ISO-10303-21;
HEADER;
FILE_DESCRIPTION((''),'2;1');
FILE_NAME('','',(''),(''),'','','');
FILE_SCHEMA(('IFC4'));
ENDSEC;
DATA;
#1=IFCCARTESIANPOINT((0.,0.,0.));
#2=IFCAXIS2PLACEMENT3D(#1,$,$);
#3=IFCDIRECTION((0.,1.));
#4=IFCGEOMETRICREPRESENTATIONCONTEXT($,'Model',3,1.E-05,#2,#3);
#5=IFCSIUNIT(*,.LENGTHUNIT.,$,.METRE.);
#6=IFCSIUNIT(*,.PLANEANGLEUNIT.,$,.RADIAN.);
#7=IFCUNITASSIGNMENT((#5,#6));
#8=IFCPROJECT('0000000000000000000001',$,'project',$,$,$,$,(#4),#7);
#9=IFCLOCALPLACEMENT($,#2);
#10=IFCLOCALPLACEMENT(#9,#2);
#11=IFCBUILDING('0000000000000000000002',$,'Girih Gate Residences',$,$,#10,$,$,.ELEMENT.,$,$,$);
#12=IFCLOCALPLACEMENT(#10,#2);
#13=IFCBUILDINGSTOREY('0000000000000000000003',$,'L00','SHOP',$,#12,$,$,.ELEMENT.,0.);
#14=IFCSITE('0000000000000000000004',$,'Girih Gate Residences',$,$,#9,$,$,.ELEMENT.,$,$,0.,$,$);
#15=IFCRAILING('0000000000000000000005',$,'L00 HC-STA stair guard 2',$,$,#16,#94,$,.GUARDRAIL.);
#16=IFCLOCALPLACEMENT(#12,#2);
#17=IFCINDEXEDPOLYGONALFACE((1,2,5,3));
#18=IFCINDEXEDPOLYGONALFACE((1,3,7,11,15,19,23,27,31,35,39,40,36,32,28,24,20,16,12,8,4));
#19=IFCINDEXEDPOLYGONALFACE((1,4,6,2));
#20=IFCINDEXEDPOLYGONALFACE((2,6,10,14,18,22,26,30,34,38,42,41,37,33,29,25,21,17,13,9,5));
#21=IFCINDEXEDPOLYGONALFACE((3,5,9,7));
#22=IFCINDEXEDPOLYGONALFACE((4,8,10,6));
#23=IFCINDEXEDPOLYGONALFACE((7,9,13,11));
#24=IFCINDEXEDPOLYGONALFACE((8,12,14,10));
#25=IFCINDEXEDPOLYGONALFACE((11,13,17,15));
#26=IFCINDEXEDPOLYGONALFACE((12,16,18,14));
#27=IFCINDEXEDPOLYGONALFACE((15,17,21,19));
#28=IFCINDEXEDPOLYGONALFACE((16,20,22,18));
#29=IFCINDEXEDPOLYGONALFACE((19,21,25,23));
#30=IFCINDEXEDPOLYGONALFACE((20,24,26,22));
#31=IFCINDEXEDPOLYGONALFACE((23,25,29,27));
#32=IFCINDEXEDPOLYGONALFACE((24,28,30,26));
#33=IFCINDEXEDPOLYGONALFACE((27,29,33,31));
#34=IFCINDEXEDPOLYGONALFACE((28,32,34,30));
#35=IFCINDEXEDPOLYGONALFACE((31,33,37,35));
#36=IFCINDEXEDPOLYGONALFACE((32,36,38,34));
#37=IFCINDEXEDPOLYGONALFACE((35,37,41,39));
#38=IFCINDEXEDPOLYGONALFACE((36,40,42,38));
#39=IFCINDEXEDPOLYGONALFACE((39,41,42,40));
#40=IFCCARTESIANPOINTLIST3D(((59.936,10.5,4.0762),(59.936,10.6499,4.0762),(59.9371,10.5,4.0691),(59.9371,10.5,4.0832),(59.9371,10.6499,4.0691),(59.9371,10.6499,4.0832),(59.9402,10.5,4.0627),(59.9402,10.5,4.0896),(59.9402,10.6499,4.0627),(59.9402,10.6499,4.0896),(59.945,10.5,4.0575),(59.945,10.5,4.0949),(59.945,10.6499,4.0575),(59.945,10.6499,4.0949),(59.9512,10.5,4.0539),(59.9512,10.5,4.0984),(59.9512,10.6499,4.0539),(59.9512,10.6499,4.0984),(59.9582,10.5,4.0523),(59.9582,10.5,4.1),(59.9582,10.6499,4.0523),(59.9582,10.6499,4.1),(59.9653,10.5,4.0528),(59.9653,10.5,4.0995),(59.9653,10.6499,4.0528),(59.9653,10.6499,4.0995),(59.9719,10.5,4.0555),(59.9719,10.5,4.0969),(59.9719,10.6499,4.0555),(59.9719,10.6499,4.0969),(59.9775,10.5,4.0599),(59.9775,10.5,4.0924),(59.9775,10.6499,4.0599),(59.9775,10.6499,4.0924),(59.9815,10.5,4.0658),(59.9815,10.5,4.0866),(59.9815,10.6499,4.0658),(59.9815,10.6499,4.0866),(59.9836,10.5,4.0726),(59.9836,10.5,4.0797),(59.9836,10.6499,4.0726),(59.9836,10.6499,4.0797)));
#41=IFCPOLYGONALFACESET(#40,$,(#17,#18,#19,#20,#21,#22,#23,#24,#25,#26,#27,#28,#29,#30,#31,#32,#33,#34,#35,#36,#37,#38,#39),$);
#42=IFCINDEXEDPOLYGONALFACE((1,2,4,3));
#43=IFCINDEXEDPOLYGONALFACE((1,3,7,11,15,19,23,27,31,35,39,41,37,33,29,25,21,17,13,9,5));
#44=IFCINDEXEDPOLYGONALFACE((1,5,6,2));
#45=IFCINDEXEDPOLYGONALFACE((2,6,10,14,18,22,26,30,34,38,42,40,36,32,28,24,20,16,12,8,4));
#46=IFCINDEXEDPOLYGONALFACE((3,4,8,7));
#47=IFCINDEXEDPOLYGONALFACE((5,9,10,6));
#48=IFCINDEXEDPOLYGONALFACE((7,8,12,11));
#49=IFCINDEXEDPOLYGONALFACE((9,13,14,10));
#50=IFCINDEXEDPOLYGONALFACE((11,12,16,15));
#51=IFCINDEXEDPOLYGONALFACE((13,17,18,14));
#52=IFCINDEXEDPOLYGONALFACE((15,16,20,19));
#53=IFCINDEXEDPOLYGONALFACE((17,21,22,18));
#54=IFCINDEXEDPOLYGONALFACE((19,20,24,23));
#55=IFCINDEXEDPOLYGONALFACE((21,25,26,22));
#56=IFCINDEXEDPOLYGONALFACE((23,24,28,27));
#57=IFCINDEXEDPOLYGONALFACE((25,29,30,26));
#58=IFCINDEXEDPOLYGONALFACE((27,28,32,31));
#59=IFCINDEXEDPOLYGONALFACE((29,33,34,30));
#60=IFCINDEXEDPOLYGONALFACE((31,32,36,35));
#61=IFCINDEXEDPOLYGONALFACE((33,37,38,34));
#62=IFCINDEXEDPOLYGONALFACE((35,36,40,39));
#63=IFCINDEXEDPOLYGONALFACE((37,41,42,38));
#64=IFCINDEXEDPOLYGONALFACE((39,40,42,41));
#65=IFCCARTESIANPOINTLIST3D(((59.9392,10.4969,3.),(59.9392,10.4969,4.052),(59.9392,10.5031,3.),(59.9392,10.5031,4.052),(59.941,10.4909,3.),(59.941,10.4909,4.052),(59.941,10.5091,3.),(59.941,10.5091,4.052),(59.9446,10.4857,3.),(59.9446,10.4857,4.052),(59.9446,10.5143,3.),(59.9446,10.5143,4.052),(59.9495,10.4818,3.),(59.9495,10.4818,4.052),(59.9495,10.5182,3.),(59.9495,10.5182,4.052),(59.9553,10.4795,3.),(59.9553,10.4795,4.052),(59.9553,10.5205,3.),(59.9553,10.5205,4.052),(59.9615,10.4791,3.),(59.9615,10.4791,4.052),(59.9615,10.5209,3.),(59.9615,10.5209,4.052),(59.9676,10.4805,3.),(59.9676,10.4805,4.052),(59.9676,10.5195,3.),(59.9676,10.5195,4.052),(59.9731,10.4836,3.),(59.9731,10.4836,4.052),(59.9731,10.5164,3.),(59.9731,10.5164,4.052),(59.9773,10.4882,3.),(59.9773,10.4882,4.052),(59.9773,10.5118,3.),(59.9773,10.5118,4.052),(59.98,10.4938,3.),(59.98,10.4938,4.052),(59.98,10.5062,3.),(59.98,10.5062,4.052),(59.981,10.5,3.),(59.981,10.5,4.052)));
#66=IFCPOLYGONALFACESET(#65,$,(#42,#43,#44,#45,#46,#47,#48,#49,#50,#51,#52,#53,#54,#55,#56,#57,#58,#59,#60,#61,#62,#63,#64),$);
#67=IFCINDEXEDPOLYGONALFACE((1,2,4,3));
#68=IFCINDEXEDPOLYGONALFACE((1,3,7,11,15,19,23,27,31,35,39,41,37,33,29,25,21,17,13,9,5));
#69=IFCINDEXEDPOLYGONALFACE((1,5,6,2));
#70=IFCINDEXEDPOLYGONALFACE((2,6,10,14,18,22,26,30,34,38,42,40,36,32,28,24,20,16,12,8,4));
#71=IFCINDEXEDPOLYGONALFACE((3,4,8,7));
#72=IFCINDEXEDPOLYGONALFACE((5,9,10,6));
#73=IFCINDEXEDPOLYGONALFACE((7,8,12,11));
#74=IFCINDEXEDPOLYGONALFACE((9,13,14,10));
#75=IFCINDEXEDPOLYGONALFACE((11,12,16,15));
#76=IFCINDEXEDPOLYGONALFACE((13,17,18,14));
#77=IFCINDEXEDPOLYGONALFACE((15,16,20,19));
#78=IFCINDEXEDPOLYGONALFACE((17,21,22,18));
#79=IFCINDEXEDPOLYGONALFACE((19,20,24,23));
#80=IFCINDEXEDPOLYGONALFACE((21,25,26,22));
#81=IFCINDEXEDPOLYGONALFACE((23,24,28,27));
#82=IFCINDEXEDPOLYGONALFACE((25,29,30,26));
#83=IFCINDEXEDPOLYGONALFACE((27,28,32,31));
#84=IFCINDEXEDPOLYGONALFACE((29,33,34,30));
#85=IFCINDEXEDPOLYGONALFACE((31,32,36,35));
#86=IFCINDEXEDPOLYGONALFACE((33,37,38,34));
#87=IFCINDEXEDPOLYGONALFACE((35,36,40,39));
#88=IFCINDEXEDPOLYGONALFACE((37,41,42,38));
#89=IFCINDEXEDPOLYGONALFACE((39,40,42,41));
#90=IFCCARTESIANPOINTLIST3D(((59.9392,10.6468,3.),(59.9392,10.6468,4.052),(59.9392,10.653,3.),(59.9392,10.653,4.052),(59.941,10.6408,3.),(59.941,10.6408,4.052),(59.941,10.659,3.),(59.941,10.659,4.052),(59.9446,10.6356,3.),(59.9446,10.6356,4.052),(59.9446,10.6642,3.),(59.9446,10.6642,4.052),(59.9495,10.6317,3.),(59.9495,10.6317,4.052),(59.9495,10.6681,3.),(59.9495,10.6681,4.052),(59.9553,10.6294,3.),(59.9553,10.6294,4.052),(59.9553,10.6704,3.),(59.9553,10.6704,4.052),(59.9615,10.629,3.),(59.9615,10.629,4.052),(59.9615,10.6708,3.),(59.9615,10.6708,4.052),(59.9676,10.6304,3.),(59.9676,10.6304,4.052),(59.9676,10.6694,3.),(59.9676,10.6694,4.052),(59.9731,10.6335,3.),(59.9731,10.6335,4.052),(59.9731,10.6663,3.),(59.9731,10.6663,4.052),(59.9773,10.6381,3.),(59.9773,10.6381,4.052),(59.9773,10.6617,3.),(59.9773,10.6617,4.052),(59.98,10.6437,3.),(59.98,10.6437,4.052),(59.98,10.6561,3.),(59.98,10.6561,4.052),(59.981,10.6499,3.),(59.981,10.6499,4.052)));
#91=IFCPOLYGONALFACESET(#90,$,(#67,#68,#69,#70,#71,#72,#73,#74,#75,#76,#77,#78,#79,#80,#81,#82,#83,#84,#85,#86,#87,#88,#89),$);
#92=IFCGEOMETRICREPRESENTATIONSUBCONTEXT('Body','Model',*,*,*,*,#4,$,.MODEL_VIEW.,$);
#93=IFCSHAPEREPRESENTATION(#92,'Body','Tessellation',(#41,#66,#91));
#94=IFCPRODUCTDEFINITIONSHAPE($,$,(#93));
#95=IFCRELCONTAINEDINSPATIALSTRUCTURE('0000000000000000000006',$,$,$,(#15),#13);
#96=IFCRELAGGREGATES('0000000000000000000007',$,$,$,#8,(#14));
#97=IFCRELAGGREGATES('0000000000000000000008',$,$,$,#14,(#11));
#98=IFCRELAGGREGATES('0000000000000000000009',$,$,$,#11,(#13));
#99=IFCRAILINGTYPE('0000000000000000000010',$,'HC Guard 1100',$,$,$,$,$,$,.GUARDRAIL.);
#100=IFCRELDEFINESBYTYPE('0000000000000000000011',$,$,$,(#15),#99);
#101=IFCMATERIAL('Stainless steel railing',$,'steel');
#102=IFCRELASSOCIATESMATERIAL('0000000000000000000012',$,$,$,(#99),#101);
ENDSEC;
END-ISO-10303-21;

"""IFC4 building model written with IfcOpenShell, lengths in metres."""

from ifc_helpers import new_model, si_unit, direction, frame, origin, origin_2d, place, context, subcontext, project, spatial, circle, extrude, material, type_object, element, save


model = new_model("IFC4")

# Units and contexts
model_context = context("Model", 3, precision=1e-05, world=origin(), true_north=direction((0.0, 1.0)))
body_context = subcontext(model_context, "Body", "Model", "MODEL_VIEW")
ifc_project = project(units=[si_unit("LENGTHUNIT", "METRE"), si_unit("PLANEANGLEUNIT", "RADIAN")], contexts=[model_context])

# Site, building, storey
site_placement = place(None, origin())
site = spatial("IfcSite", under=ifc_project, at=site_placement, Name="Girih Gate Residences", CompositionType="ELEMENT", RefElevation=0.0)
building_placement = place(site_placement, origin())
building = spatial("IfcBuilding", under=site, at=building_placement, Name="Girih Gate Residences", CompositionType="ELEMENT")
storey_placement = place(building_placement, origin())
storey = spatial("IfcBuildingStorey", under=building, at=storey_placement, Name="L00", Description="SHOP", CompositionType="ELEMENT", Elevation=0.0)

# Railing
ifc_material_1 = material(Name="Stainless steel railing", Category="steel")
railing_type_1 = type_object("IfcRailingType", Name="HC Guard 1100", PredefinedType="GUARDRAIL", material=ifc_material_1)
railing_1_placement = place(storey_placement, frame((59.96, 10.5, 3.0)))
element("IfcRailing", 1, at=railing_1_placement, inside=storey, type_object=railing_type_1, Name="L00 HC-STA stair guard 2", PredefinedType="GUARDRAIL", context=body_context, shape_type="SweptSolid", body=[
    extrude(circle(Radius=0.0239, at=origin_2d()), frame((0.0, 0.0, 1.0762), z_axis=(0.0, 1.0, 0.0), x_axis=(-1.0, 0.0, 0.0)), (0.0, 0.0, 1.0), 0.1499),
    extrude(circle(Radius=0.021, at=origin_2d()), origin(), (0.0, 0.0, 1.0), 1.052),
    extrude(circle(Radius=0.021, at=origin_2d()), frame((0.0, 0.1499, 0.0)), (0.0, 0.0, 1.0), 1.052),
])

save(model, "model.ifc")
